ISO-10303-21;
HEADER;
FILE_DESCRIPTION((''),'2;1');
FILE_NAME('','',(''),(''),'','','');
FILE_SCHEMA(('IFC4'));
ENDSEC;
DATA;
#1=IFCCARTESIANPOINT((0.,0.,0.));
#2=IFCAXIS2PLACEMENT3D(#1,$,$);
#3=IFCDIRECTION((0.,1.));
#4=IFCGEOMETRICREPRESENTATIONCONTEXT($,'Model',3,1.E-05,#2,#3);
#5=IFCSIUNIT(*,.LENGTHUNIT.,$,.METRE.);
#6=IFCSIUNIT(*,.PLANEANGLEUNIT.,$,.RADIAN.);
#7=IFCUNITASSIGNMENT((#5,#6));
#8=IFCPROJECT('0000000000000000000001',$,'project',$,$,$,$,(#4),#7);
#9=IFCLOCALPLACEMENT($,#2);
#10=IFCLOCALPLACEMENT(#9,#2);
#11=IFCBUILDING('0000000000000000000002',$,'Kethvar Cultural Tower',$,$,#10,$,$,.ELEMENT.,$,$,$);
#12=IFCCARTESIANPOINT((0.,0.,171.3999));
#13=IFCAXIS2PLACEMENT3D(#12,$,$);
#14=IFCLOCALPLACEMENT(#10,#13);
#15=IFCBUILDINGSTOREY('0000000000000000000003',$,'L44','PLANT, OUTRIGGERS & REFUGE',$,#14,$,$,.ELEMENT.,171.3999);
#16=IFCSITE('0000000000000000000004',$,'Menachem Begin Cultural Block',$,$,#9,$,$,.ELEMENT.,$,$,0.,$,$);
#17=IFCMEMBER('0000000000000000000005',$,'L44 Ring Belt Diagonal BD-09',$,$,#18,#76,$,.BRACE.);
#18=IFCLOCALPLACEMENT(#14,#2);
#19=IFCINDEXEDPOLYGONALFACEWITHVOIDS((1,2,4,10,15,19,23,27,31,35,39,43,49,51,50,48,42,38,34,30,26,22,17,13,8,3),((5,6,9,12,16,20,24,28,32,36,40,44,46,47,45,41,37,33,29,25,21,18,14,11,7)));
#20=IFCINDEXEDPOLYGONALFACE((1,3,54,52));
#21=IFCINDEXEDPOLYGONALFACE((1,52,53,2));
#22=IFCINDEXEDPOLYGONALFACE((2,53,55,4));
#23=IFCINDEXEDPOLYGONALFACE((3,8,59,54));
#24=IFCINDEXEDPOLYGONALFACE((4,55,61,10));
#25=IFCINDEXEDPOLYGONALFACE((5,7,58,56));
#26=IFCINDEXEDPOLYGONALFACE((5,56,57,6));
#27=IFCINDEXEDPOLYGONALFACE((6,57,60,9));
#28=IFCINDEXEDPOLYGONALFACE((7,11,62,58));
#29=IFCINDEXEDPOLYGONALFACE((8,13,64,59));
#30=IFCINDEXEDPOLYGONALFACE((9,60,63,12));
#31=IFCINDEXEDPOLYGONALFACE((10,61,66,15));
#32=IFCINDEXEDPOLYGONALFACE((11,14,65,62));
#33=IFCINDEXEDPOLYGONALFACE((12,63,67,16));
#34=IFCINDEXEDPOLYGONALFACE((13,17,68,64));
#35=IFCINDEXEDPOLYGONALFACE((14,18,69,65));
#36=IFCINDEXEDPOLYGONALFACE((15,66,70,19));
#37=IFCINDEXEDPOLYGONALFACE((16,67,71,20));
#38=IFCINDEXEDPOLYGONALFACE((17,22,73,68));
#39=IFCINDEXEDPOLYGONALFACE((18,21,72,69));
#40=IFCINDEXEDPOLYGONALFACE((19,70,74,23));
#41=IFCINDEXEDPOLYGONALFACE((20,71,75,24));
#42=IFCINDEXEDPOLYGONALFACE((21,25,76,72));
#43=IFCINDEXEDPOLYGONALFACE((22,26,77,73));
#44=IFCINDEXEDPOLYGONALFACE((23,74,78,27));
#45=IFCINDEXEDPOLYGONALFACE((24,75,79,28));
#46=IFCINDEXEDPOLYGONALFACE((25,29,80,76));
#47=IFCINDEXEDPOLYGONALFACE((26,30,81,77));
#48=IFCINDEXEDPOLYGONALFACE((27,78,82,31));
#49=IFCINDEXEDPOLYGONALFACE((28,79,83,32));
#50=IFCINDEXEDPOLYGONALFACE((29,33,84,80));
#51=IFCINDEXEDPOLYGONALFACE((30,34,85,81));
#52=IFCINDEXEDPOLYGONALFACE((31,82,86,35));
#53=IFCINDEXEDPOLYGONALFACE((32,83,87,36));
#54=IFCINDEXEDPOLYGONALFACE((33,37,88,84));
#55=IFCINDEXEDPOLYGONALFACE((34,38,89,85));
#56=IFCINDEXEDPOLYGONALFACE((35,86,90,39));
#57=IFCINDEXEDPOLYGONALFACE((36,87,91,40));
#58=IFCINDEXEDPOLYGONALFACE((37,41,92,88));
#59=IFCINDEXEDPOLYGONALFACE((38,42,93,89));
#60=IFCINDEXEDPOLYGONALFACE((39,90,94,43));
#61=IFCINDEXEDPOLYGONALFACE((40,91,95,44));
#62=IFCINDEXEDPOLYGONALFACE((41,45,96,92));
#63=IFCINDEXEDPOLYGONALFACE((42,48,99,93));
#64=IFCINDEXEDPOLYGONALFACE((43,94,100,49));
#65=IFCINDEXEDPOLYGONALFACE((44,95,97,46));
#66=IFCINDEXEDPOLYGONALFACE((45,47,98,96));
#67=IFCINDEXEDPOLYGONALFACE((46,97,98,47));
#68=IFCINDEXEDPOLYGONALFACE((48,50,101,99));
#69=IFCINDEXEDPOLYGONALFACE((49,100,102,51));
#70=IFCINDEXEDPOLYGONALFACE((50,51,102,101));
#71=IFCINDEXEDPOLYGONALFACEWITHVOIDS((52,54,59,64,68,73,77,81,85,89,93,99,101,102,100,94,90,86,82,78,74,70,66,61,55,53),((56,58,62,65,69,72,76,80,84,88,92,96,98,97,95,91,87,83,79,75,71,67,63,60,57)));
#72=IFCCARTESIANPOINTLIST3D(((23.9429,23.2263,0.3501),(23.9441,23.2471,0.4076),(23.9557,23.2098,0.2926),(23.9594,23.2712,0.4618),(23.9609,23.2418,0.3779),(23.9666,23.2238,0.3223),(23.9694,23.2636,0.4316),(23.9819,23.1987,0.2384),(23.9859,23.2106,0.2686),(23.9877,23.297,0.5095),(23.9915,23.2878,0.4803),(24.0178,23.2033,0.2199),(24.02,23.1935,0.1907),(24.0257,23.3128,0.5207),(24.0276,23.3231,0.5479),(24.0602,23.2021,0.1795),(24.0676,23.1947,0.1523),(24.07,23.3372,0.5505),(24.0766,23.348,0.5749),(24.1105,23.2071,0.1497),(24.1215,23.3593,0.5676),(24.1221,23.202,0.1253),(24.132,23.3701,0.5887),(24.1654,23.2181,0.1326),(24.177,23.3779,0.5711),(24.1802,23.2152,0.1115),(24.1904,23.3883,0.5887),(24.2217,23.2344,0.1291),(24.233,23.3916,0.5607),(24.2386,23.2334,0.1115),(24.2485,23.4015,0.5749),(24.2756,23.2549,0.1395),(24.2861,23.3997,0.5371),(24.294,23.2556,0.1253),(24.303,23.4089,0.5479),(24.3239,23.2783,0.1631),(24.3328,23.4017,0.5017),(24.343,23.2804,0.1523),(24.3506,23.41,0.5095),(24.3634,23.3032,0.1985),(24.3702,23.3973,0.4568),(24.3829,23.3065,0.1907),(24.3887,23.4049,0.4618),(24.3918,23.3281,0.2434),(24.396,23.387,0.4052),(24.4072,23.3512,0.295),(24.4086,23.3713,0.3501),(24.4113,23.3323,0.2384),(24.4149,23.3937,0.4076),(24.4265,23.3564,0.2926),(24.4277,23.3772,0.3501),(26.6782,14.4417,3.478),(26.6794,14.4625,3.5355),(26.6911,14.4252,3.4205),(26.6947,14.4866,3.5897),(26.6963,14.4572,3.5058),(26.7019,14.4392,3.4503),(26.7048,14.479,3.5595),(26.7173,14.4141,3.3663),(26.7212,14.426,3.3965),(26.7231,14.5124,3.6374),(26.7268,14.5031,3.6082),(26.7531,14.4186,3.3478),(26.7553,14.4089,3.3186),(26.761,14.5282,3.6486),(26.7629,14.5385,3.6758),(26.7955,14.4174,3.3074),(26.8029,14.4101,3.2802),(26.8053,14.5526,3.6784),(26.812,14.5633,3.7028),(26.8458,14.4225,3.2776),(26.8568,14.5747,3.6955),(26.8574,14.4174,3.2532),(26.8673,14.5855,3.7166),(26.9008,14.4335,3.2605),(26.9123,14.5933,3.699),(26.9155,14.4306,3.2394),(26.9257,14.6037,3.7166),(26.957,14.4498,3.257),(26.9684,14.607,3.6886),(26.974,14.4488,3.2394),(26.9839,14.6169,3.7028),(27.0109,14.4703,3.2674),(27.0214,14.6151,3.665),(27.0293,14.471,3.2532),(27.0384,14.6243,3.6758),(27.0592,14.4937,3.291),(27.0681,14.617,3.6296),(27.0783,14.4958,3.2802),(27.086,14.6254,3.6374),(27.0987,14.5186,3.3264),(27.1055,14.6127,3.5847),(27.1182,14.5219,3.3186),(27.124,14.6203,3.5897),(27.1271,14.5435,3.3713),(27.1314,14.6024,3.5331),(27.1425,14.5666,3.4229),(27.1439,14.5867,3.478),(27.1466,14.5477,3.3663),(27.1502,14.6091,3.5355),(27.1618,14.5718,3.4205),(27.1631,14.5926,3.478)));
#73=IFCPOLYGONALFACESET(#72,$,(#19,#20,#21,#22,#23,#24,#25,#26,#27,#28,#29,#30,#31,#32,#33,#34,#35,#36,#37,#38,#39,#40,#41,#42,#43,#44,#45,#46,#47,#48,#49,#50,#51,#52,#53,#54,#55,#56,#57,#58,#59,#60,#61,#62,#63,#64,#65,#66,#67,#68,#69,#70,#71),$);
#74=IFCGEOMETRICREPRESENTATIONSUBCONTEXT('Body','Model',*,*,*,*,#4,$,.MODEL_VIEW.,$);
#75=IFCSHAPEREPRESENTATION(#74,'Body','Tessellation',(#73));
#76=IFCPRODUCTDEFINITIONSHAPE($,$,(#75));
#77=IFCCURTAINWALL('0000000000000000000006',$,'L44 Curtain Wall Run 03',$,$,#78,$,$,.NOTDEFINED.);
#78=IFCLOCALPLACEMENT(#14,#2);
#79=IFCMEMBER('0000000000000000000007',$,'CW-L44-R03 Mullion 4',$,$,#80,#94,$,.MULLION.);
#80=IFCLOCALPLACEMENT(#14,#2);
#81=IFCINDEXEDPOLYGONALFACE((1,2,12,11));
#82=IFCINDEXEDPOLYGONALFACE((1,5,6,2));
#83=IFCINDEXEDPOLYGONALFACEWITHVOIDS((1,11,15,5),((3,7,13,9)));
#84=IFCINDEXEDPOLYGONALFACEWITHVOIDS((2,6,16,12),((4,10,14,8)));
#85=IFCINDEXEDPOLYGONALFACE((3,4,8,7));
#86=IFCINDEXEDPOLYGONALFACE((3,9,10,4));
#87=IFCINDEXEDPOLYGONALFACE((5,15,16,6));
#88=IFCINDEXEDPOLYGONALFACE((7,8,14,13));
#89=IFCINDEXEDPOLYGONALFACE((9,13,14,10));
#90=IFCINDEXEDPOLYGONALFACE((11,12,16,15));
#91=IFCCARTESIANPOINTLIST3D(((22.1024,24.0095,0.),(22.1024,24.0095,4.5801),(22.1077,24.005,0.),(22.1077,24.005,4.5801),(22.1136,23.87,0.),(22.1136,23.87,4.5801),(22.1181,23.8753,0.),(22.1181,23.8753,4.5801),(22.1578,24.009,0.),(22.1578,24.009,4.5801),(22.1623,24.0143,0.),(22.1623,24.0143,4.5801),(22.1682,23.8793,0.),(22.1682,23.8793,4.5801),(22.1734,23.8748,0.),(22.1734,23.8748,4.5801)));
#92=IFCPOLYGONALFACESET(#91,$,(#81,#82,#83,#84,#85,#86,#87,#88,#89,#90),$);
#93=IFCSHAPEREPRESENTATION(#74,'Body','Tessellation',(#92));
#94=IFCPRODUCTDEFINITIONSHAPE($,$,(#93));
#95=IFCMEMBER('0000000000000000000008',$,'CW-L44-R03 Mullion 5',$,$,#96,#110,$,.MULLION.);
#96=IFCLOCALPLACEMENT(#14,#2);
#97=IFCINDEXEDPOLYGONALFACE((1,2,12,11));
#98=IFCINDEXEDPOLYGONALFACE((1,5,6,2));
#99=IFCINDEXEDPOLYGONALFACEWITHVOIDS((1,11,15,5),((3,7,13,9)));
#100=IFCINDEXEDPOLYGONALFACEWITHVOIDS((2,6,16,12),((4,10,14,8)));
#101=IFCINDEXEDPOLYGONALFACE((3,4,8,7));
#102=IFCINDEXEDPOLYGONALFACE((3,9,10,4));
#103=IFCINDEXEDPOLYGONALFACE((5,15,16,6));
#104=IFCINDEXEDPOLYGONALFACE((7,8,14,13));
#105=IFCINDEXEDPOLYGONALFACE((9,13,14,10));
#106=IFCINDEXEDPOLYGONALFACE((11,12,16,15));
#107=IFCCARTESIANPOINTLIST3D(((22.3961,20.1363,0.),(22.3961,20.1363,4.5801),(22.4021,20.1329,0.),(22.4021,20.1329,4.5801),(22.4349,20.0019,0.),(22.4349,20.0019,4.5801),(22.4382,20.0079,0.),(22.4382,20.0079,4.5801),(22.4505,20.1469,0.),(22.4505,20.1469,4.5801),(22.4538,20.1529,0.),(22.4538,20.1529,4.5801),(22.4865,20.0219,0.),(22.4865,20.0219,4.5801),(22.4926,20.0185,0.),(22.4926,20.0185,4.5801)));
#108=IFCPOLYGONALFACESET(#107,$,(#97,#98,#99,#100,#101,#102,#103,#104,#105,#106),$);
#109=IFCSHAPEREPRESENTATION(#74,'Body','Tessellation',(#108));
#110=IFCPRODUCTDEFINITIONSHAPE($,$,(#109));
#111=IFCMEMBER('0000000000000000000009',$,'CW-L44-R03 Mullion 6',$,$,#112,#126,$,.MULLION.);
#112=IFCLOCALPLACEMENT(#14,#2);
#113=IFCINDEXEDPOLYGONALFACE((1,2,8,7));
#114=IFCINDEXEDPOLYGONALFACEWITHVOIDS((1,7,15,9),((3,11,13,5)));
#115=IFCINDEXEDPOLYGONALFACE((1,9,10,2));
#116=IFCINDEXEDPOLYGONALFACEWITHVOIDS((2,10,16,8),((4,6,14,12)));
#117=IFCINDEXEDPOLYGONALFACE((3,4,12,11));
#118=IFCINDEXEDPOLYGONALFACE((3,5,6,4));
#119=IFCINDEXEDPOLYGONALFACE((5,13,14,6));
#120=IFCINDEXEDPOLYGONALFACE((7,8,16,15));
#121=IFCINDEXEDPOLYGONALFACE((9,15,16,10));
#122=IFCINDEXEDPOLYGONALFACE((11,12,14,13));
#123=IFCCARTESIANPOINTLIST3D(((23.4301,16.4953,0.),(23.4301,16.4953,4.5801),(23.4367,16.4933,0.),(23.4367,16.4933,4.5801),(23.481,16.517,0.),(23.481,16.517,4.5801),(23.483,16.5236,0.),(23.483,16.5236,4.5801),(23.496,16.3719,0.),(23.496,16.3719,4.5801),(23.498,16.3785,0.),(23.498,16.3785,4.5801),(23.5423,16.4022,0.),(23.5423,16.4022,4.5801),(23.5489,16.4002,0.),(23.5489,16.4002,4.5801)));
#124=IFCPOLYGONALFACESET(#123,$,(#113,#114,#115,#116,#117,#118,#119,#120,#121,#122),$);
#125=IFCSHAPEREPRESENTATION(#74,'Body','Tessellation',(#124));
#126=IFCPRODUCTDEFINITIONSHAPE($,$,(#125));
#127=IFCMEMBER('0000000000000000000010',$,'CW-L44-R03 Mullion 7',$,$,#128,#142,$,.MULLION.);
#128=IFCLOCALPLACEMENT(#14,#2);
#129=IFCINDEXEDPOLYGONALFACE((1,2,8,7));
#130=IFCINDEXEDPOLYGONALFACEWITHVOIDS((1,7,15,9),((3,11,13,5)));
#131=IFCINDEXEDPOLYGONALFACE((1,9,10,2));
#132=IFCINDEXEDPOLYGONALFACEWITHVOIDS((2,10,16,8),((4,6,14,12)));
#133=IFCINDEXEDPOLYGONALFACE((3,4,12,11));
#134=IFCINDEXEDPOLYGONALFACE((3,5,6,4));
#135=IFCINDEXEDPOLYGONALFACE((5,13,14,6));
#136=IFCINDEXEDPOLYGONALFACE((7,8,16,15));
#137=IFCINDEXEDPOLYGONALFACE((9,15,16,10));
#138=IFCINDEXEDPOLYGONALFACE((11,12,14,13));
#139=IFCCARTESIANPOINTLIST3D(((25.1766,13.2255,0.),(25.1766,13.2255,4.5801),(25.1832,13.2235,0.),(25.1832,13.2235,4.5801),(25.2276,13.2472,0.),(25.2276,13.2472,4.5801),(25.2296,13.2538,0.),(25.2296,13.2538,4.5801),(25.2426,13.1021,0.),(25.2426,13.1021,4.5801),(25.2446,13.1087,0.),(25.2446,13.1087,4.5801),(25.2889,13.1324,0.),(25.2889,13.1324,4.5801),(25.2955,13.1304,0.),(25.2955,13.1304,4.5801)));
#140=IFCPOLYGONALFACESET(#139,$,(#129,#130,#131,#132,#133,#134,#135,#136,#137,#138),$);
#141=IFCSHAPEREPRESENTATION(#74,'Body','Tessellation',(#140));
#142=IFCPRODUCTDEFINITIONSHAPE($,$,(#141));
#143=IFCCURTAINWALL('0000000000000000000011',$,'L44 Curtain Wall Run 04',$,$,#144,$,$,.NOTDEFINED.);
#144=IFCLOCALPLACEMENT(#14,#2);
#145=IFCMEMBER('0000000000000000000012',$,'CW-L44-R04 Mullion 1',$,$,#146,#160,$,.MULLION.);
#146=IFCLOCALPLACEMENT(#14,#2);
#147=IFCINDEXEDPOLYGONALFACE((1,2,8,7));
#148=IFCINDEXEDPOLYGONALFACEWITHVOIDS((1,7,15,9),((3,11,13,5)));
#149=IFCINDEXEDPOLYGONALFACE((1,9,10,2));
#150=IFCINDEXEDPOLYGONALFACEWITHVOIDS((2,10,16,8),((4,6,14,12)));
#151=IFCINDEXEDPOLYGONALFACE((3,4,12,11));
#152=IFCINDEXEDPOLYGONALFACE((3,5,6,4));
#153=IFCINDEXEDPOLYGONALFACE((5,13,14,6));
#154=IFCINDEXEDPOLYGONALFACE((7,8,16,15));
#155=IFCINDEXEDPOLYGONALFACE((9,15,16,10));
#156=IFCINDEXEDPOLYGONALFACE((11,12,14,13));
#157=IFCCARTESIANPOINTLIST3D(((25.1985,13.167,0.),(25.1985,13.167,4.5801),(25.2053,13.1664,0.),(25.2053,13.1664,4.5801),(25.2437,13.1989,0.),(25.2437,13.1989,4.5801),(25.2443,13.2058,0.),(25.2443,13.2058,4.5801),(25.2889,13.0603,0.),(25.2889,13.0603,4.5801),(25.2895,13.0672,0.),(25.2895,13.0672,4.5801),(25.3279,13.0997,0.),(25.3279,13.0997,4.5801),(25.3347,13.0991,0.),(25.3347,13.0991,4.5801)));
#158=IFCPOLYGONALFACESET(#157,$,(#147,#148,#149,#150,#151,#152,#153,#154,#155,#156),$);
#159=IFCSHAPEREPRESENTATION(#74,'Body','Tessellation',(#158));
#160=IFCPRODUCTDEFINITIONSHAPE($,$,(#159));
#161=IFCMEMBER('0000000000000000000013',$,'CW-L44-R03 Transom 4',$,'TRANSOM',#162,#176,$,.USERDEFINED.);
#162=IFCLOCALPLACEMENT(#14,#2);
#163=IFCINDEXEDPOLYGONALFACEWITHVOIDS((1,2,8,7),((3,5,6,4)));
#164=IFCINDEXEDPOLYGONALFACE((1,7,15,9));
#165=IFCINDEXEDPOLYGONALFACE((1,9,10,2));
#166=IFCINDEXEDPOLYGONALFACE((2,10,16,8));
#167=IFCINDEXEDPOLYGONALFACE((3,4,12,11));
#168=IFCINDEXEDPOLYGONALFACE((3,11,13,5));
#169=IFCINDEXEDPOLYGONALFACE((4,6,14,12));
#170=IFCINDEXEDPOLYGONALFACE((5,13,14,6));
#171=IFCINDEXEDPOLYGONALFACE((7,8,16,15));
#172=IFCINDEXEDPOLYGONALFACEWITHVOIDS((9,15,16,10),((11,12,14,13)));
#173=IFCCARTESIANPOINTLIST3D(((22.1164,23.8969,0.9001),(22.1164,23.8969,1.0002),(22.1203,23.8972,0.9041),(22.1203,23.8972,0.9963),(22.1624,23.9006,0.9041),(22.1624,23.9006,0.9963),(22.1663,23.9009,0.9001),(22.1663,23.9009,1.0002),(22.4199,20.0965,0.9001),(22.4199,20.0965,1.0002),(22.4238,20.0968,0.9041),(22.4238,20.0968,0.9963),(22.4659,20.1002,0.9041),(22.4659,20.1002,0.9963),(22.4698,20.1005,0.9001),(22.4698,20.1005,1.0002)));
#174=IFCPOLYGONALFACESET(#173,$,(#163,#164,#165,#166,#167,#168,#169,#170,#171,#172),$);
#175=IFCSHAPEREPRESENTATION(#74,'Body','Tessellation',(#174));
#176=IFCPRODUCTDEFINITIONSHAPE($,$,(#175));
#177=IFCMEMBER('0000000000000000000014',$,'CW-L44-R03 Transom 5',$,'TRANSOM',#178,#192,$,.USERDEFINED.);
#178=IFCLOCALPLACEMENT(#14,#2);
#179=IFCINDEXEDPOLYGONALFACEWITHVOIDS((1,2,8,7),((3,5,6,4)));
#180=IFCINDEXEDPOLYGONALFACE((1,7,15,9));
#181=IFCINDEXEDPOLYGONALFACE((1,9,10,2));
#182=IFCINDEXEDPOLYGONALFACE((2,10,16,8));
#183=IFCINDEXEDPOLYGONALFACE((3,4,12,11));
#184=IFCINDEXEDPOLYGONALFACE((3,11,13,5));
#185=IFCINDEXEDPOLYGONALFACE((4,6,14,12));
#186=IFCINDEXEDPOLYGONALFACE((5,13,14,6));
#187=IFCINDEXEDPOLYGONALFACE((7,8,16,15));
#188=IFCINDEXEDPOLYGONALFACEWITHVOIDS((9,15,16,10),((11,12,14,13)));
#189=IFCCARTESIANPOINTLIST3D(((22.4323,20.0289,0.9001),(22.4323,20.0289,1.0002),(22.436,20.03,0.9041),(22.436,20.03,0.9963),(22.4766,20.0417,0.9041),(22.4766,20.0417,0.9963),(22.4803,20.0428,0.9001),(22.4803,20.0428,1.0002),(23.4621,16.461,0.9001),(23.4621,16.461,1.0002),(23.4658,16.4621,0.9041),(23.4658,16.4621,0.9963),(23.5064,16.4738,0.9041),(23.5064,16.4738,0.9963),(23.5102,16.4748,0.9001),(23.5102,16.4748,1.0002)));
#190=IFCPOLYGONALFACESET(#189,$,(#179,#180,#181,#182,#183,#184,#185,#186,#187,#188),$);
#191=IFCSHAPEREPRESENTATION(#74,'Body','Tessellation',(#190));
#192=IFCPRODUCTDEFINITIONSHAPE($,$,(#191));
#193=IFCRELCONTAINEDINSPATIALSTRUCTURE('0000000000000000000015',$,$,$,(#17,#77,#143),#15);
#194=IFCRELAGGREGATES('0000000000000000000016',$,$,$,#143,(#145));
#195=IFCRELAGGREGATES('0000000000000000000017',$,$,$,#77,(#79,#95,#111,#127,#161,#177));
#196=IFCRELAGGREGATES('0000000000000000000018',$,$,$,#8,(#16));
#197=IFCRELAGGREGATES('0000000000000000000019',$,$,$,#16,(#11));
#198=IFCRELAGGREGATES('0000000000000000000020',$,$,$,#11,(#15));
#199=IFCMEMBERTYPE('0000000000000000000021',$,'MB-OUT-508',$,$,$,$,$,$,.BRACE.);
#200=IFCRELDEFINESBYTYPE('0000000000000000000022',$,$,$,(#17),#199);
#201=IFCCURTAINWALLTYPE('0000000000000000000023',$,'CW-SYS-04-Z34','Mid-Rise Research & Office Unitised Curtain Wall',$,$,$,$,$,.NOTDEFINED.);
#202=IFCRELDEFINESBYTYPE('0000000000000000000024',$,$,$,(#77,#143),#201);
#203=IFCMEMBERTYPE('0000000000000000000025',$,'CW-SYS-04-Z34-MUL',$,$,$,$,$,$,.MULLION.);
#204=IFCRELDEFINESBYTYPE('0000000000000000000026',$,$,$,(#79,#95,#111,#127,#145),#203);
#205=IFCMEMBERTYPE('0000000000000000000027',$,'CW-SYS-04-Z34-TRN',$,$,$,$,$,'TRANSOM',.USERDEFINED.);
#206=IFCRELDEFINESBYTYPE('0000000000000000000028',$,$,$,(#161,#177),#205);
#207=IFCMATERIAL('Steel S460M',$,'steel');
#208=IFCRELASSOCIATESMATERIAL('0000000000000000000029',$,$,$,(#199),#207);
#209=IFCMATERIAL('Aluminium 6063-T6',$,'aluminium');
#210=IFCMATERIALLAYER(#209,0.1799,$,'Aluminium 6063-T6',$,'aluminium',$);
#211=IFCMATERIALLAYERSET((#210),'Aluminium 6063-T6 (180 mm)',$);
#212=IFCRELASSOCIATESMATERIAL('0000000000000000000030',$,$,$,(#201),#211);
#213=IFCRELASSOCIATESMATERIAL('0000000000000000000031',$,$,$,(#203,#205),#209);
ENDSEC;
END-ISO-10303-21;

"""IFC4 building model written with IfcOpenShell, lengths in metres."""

from ifc_helpers import new_model, si_unit, direction, frame, origin, origin_2d, place, context, subcontext, project, spatial, hollow_rectangle, hollow_circle, extrude, source, transform, mapped, material, layer, layer_set, material_profile, profile_set, type_object, element, aggregate, save


model = new_model("IFC4")

# Units and contexts
model_context = context("Model", 3, precision=1e-05, world=origin(), true_north=direction((0.0, 1.0)))
body_context = subcontext(model_context, "Body", "Model", "MODEL_VIEW")
ifc_project = project(units=[si_unit("LENGTHUNIT", "METRE"), si_unit("PLANEANGLEUNIT", "RADIAN")], contexts=[model_context])

# Site, building, storey
site_placement = place(None, origin())
site = spatial("IfcSite", under=ifc_project, at=site_placement, Name="Menachem Begin Cultural Block", CompositionType="ELEMENT", RefElevation=0.0)
building_placement = place(site_placement, origin())
building = spatial("IfcBuilding", under=site, at=building_placement, Name="Kethvar Cultural Tower", CompositionType="ELEMENT")
storey_placement = place(building_placement, frame((0.0, 0.0, 171.3999)))
storey = spatial("IfcBuildingStorey", under=building, at=storey_placement, Name="L44", Description="PLANT, OUTRIGGERS & REFUGE", CompositionType="ELEMENT", Elevation=171.3999)

# Shared definitions
ifc_material_1 = material(Name="Steel S460M", Category="steel")

# Member
ifc_material_profile_1 = material_profile(ifc_material_1, hollow_circle(Radius=0.2539, WallThickness=0.02, at=origin_2d()), Name="Steel S460M — CHS508x20")
ifc_profile_set_1 = profile_set([ifc_material_profile_1], Name="Steel S460M — CHS508x20")
member_type_1 = type_object("IfcMemberType", Name="MB-OUT-508", PredefinedType="BRACE", material=ifc_profile_set_1)
shared_shape_1 = source(origin(), body_context, "Body", "SweptSolid", [
    extrude(hollow_circle(Radius=0.2539, WallThickness=0.02, at=origin_2d()), origin(), (0.0, 0.0, 1.0), 9.7178),
])
member_1_placement = place(storey_placement, frame((24.1853, 23.3018, 0.3501), z_axis=(0.281477, -0.903973, 0.321875), x_axis=(0.954784, 0.297299, 0.0)))
element("IfcMember", 1, at=member_1_placement, inside=storey, type_object=member_type_1, Name="L44 Ring Belt Diagonal BD-09", PredefinedType="BRACE", context=body_context, shape_type="MappedRepresentation", body=[
    mapped(shared_shape_1, transform((0.0, 0.0, 0.0), scale=1.0)),
])

# Curtain wall, members
ifc_material_2 = material(Name="Aluminium 6063-T6", Category="aluminium")
ifc_layer_1 = layer(ifc_material_2, 0.1799, Name="Aluminium 6063-T6", Category="aluminium")
ifc_layer_set_1 = layer_set([ifc_layer_1], Name="Aluminium 6063-T6 (180 mm)")
curtain_wall_type = type_object("IfcCurtainWallType", Name="CW-SYS-04-Z34", Description="Mid-Rise Research & Office Unitised Curtain Wall", PredefinedType="NOTDEFINED", material=ifc_layer_set_1)
curtain_wall_1_placement = place(storey_placement, origin())
curtain_wall_1 = element("IfcCurtainWall", 2, at=curtain_wall_1_placement, inside=storey, type_object=curtain_wall_type, Name="L44 Curtain Wall Run 03", PredefinedType="NOTDEFINED")
ifc_material_profile_2 = material_profile(ifc_material_2, hollow_rectangle(XDim=0.0601, YDim=0.1399, WallThickness=0.0049, at=origin_2d()), Name="Aluminium 6063-T6 — RHS140x60x5")
ifc_profile_set_2 = profile_set([ifc_material_profile_2], Name="Aluminium 6063-T6 — RHS140x60x5")
member_type_2 = type_object("IfcMemberType", Name="CW-SYS-04-Z34-MUL", PredefinedType="MULLION", material=ifc_profile_set_2)
shared_shape_2 = source(origin(), body_context, "Body", "SweptSolid", [
    extrude(hollow_rectangle(XDim=0.0601, YDim=0.1399, WallThickness=0.0049, at=origin_2d()), origin(), (0.0, 0.0, 1.0), 4.5801),
])
member_2_placement = place(storey_placement, frame((22.1379, 23.9421, 0.0), z_axis=(0.0, 0.0, 1.0), x_axis=(0.996824, 0.079642, 0.0)))
member_2 = element("IfcMember", 3, at=member_2_placement, type_object=member_type_2, Name="CW-L44-R03 Mullion 4", PredefinedType="MULLION", context=body_context, shape_type="MappedRepresentation", body=[
    mapped(shared_shape_2, transform((0.0, 0.0, 0.0), scale=1.0)),
])
member_3_placement = place(storey_placement, frame((22.4443, 20.0774, 0.0), z_axis=(0.0, 0.0, 1.0), x_axis=(0.960784, 0.277298, 0.0)))
member_3 = element("IfcMember", 4, at=member_3_placement, type_object=member_type_2, Name="CW-L44-R03 Mullion 5", PredefinedType="MULLION", context=body_context, shape_type="MappedRepresentation", body=[
    mapped(shared_shape_2, transform((0.0, 0.0, 0.0), scale=1.0)),
])
member_4_placement = place(storey_placement, frame((23.4895, 16.4478, 0.0), z_axis=(0.0, 0.0, 1.0), x_axis=(0.882053, 0.47115, 0.0)))
member_4 = element("IfcMember", 5, at=member_4_placement, type_object=member_type_2, Name="CW-L44-R03 Mullion 6", PredefinedType="MULLION", context=body_context, shape_type="MappedRepresentation", body=[
    mapped(shared_shape_2, transform((0.0, 0.0, 0.0), scale=1.0)),
])
member_5_placement = place(storey_placement, frame((25.2361, 13.178, 0.0), z_axis=(0.0, 0.0, 1.0), x_axis=(0.882053, 0.47115, 0.0)))
member_5 = element("IfcMember", 6, at=member_5_placement, type_object=member_type_2, Name="CW-L44-R03 Mullion 7", PredefinedType="MULLION", context=body_context, shape_type="MappedRepresentation", body=[
    mapped(shared_shape_2, transform((0.0, 0.0, 0.0), scale=1.0)),
])

# Curtain wall, member
curtain_wall_2_placement = place(storey_placement, origin())
curtain_wall_2 = element("IfcCurtainWall", 7, at=curtain_wall_2_placement, inside=storey, type_object=curtain_wall_type, Name="L44 Curtain Wall Run 04", PredefinedType="NOTDEFINED")
member_6_placement = place(storey_placement, frame((25.2666, 13.1331, 0.0), z_axis=(0.0, 0.0, 1.0), x_axis=(0.762759, 0.646683, 0.0)))
member_6 = element("IfcMember", 8, at=member_6_placement, type_object=member_type_2, Name="CW-L44-R04 Mullion 1", PredefinedType="MULLION", context=body_context, shape_type="MappedRepresentation", body=[
    mapped(shared_shape_2, transform((0.0, 0.0, 0.0), scale=1.0)),
])

# Members
ifc_material_profile_3 = material_profile(ifc_material_2, hollow_rectangle(XDim=0.05, YDim=0.1001, WallThickness=0.0039, at=origin_2d()), Name="Aluminium 6063-T6 — RHS100x50x4")
ifc_profile_set_3 = profile_set([ifc_material_profile_3], Name="Aluminium 6063-T6 — RHS100x50x4")
member_type_3 = type_object("IfcMemberType", Name="CW-SYS-04-Z34-TRN", ElementType="TRANSOM", PredefinedType="USERDEFINED", material=ifc_profile_set_3)
shared_shape_3 = source(origin(), body_context, "Body", "SweptSolid", [
    extrude(hollow_rectangle(XDim=0.05, YDim=0.1001, WallThickness=0.0039, at=origin_2d()), origin(), (0.0, 0.0, 1.0), 3.8125),
])
member_7_placement = place(storey_placement, frame((22.1414, 23.8989, 0.9502), z_axis=(0.0796, -0.996827, 0.0), x_axis=(0.996827, 0.0796, 0.0)))
member_7 = element("IfcMember", 9, at=member_7_placement, type_object=member_type_3, Name="CW-L44-R03 Transom 4", ObjectType="TRANSOM", PredefinedType="USERDEFINED", context=body_context, shape_type="MappedRepresentation", body=[
    mapped(shared_shape_3, transform((0.0, 0.0, 0.0), scale=1.0)),
])
shared_shape_4 = source(origin(), body_context, "Body", "SweptSolid", [
    extrude(hollow_rectangle(XDim=0.05, YDim=0.1001, WallThickness=0.0039, at=origin_2d()), origin(), (0.0, 0.0, 1.0), 3.7136),
])
member_8_placement = place(storey_placement, frame((22.4563, 20.0359, 0.9502), z_axis=(0.277308, -0.960781, 0.0), x_axis=(0.960781, 0.277308, 0.0)))
member_8 = element("IfcMember", 10, at=member_8_placement, type_object=member_type_3, Name="CW-L44-R03 Transom 5", ObjectType="TRANSOM", PredefinedType="USERDEFINED", context=body_context, shape_type="MappedRepresentation", body=[
    mapped(shared_shape_4, transform((0.0, 0.0, 0.0), scale=1.0)),
])
aggregate(curtain_wall_2, [member_6])

aggregate(curtain_wall_1, [member_2, member_3, member_4, member_5, member_7, member_8])

save(model, "model.ifc")
